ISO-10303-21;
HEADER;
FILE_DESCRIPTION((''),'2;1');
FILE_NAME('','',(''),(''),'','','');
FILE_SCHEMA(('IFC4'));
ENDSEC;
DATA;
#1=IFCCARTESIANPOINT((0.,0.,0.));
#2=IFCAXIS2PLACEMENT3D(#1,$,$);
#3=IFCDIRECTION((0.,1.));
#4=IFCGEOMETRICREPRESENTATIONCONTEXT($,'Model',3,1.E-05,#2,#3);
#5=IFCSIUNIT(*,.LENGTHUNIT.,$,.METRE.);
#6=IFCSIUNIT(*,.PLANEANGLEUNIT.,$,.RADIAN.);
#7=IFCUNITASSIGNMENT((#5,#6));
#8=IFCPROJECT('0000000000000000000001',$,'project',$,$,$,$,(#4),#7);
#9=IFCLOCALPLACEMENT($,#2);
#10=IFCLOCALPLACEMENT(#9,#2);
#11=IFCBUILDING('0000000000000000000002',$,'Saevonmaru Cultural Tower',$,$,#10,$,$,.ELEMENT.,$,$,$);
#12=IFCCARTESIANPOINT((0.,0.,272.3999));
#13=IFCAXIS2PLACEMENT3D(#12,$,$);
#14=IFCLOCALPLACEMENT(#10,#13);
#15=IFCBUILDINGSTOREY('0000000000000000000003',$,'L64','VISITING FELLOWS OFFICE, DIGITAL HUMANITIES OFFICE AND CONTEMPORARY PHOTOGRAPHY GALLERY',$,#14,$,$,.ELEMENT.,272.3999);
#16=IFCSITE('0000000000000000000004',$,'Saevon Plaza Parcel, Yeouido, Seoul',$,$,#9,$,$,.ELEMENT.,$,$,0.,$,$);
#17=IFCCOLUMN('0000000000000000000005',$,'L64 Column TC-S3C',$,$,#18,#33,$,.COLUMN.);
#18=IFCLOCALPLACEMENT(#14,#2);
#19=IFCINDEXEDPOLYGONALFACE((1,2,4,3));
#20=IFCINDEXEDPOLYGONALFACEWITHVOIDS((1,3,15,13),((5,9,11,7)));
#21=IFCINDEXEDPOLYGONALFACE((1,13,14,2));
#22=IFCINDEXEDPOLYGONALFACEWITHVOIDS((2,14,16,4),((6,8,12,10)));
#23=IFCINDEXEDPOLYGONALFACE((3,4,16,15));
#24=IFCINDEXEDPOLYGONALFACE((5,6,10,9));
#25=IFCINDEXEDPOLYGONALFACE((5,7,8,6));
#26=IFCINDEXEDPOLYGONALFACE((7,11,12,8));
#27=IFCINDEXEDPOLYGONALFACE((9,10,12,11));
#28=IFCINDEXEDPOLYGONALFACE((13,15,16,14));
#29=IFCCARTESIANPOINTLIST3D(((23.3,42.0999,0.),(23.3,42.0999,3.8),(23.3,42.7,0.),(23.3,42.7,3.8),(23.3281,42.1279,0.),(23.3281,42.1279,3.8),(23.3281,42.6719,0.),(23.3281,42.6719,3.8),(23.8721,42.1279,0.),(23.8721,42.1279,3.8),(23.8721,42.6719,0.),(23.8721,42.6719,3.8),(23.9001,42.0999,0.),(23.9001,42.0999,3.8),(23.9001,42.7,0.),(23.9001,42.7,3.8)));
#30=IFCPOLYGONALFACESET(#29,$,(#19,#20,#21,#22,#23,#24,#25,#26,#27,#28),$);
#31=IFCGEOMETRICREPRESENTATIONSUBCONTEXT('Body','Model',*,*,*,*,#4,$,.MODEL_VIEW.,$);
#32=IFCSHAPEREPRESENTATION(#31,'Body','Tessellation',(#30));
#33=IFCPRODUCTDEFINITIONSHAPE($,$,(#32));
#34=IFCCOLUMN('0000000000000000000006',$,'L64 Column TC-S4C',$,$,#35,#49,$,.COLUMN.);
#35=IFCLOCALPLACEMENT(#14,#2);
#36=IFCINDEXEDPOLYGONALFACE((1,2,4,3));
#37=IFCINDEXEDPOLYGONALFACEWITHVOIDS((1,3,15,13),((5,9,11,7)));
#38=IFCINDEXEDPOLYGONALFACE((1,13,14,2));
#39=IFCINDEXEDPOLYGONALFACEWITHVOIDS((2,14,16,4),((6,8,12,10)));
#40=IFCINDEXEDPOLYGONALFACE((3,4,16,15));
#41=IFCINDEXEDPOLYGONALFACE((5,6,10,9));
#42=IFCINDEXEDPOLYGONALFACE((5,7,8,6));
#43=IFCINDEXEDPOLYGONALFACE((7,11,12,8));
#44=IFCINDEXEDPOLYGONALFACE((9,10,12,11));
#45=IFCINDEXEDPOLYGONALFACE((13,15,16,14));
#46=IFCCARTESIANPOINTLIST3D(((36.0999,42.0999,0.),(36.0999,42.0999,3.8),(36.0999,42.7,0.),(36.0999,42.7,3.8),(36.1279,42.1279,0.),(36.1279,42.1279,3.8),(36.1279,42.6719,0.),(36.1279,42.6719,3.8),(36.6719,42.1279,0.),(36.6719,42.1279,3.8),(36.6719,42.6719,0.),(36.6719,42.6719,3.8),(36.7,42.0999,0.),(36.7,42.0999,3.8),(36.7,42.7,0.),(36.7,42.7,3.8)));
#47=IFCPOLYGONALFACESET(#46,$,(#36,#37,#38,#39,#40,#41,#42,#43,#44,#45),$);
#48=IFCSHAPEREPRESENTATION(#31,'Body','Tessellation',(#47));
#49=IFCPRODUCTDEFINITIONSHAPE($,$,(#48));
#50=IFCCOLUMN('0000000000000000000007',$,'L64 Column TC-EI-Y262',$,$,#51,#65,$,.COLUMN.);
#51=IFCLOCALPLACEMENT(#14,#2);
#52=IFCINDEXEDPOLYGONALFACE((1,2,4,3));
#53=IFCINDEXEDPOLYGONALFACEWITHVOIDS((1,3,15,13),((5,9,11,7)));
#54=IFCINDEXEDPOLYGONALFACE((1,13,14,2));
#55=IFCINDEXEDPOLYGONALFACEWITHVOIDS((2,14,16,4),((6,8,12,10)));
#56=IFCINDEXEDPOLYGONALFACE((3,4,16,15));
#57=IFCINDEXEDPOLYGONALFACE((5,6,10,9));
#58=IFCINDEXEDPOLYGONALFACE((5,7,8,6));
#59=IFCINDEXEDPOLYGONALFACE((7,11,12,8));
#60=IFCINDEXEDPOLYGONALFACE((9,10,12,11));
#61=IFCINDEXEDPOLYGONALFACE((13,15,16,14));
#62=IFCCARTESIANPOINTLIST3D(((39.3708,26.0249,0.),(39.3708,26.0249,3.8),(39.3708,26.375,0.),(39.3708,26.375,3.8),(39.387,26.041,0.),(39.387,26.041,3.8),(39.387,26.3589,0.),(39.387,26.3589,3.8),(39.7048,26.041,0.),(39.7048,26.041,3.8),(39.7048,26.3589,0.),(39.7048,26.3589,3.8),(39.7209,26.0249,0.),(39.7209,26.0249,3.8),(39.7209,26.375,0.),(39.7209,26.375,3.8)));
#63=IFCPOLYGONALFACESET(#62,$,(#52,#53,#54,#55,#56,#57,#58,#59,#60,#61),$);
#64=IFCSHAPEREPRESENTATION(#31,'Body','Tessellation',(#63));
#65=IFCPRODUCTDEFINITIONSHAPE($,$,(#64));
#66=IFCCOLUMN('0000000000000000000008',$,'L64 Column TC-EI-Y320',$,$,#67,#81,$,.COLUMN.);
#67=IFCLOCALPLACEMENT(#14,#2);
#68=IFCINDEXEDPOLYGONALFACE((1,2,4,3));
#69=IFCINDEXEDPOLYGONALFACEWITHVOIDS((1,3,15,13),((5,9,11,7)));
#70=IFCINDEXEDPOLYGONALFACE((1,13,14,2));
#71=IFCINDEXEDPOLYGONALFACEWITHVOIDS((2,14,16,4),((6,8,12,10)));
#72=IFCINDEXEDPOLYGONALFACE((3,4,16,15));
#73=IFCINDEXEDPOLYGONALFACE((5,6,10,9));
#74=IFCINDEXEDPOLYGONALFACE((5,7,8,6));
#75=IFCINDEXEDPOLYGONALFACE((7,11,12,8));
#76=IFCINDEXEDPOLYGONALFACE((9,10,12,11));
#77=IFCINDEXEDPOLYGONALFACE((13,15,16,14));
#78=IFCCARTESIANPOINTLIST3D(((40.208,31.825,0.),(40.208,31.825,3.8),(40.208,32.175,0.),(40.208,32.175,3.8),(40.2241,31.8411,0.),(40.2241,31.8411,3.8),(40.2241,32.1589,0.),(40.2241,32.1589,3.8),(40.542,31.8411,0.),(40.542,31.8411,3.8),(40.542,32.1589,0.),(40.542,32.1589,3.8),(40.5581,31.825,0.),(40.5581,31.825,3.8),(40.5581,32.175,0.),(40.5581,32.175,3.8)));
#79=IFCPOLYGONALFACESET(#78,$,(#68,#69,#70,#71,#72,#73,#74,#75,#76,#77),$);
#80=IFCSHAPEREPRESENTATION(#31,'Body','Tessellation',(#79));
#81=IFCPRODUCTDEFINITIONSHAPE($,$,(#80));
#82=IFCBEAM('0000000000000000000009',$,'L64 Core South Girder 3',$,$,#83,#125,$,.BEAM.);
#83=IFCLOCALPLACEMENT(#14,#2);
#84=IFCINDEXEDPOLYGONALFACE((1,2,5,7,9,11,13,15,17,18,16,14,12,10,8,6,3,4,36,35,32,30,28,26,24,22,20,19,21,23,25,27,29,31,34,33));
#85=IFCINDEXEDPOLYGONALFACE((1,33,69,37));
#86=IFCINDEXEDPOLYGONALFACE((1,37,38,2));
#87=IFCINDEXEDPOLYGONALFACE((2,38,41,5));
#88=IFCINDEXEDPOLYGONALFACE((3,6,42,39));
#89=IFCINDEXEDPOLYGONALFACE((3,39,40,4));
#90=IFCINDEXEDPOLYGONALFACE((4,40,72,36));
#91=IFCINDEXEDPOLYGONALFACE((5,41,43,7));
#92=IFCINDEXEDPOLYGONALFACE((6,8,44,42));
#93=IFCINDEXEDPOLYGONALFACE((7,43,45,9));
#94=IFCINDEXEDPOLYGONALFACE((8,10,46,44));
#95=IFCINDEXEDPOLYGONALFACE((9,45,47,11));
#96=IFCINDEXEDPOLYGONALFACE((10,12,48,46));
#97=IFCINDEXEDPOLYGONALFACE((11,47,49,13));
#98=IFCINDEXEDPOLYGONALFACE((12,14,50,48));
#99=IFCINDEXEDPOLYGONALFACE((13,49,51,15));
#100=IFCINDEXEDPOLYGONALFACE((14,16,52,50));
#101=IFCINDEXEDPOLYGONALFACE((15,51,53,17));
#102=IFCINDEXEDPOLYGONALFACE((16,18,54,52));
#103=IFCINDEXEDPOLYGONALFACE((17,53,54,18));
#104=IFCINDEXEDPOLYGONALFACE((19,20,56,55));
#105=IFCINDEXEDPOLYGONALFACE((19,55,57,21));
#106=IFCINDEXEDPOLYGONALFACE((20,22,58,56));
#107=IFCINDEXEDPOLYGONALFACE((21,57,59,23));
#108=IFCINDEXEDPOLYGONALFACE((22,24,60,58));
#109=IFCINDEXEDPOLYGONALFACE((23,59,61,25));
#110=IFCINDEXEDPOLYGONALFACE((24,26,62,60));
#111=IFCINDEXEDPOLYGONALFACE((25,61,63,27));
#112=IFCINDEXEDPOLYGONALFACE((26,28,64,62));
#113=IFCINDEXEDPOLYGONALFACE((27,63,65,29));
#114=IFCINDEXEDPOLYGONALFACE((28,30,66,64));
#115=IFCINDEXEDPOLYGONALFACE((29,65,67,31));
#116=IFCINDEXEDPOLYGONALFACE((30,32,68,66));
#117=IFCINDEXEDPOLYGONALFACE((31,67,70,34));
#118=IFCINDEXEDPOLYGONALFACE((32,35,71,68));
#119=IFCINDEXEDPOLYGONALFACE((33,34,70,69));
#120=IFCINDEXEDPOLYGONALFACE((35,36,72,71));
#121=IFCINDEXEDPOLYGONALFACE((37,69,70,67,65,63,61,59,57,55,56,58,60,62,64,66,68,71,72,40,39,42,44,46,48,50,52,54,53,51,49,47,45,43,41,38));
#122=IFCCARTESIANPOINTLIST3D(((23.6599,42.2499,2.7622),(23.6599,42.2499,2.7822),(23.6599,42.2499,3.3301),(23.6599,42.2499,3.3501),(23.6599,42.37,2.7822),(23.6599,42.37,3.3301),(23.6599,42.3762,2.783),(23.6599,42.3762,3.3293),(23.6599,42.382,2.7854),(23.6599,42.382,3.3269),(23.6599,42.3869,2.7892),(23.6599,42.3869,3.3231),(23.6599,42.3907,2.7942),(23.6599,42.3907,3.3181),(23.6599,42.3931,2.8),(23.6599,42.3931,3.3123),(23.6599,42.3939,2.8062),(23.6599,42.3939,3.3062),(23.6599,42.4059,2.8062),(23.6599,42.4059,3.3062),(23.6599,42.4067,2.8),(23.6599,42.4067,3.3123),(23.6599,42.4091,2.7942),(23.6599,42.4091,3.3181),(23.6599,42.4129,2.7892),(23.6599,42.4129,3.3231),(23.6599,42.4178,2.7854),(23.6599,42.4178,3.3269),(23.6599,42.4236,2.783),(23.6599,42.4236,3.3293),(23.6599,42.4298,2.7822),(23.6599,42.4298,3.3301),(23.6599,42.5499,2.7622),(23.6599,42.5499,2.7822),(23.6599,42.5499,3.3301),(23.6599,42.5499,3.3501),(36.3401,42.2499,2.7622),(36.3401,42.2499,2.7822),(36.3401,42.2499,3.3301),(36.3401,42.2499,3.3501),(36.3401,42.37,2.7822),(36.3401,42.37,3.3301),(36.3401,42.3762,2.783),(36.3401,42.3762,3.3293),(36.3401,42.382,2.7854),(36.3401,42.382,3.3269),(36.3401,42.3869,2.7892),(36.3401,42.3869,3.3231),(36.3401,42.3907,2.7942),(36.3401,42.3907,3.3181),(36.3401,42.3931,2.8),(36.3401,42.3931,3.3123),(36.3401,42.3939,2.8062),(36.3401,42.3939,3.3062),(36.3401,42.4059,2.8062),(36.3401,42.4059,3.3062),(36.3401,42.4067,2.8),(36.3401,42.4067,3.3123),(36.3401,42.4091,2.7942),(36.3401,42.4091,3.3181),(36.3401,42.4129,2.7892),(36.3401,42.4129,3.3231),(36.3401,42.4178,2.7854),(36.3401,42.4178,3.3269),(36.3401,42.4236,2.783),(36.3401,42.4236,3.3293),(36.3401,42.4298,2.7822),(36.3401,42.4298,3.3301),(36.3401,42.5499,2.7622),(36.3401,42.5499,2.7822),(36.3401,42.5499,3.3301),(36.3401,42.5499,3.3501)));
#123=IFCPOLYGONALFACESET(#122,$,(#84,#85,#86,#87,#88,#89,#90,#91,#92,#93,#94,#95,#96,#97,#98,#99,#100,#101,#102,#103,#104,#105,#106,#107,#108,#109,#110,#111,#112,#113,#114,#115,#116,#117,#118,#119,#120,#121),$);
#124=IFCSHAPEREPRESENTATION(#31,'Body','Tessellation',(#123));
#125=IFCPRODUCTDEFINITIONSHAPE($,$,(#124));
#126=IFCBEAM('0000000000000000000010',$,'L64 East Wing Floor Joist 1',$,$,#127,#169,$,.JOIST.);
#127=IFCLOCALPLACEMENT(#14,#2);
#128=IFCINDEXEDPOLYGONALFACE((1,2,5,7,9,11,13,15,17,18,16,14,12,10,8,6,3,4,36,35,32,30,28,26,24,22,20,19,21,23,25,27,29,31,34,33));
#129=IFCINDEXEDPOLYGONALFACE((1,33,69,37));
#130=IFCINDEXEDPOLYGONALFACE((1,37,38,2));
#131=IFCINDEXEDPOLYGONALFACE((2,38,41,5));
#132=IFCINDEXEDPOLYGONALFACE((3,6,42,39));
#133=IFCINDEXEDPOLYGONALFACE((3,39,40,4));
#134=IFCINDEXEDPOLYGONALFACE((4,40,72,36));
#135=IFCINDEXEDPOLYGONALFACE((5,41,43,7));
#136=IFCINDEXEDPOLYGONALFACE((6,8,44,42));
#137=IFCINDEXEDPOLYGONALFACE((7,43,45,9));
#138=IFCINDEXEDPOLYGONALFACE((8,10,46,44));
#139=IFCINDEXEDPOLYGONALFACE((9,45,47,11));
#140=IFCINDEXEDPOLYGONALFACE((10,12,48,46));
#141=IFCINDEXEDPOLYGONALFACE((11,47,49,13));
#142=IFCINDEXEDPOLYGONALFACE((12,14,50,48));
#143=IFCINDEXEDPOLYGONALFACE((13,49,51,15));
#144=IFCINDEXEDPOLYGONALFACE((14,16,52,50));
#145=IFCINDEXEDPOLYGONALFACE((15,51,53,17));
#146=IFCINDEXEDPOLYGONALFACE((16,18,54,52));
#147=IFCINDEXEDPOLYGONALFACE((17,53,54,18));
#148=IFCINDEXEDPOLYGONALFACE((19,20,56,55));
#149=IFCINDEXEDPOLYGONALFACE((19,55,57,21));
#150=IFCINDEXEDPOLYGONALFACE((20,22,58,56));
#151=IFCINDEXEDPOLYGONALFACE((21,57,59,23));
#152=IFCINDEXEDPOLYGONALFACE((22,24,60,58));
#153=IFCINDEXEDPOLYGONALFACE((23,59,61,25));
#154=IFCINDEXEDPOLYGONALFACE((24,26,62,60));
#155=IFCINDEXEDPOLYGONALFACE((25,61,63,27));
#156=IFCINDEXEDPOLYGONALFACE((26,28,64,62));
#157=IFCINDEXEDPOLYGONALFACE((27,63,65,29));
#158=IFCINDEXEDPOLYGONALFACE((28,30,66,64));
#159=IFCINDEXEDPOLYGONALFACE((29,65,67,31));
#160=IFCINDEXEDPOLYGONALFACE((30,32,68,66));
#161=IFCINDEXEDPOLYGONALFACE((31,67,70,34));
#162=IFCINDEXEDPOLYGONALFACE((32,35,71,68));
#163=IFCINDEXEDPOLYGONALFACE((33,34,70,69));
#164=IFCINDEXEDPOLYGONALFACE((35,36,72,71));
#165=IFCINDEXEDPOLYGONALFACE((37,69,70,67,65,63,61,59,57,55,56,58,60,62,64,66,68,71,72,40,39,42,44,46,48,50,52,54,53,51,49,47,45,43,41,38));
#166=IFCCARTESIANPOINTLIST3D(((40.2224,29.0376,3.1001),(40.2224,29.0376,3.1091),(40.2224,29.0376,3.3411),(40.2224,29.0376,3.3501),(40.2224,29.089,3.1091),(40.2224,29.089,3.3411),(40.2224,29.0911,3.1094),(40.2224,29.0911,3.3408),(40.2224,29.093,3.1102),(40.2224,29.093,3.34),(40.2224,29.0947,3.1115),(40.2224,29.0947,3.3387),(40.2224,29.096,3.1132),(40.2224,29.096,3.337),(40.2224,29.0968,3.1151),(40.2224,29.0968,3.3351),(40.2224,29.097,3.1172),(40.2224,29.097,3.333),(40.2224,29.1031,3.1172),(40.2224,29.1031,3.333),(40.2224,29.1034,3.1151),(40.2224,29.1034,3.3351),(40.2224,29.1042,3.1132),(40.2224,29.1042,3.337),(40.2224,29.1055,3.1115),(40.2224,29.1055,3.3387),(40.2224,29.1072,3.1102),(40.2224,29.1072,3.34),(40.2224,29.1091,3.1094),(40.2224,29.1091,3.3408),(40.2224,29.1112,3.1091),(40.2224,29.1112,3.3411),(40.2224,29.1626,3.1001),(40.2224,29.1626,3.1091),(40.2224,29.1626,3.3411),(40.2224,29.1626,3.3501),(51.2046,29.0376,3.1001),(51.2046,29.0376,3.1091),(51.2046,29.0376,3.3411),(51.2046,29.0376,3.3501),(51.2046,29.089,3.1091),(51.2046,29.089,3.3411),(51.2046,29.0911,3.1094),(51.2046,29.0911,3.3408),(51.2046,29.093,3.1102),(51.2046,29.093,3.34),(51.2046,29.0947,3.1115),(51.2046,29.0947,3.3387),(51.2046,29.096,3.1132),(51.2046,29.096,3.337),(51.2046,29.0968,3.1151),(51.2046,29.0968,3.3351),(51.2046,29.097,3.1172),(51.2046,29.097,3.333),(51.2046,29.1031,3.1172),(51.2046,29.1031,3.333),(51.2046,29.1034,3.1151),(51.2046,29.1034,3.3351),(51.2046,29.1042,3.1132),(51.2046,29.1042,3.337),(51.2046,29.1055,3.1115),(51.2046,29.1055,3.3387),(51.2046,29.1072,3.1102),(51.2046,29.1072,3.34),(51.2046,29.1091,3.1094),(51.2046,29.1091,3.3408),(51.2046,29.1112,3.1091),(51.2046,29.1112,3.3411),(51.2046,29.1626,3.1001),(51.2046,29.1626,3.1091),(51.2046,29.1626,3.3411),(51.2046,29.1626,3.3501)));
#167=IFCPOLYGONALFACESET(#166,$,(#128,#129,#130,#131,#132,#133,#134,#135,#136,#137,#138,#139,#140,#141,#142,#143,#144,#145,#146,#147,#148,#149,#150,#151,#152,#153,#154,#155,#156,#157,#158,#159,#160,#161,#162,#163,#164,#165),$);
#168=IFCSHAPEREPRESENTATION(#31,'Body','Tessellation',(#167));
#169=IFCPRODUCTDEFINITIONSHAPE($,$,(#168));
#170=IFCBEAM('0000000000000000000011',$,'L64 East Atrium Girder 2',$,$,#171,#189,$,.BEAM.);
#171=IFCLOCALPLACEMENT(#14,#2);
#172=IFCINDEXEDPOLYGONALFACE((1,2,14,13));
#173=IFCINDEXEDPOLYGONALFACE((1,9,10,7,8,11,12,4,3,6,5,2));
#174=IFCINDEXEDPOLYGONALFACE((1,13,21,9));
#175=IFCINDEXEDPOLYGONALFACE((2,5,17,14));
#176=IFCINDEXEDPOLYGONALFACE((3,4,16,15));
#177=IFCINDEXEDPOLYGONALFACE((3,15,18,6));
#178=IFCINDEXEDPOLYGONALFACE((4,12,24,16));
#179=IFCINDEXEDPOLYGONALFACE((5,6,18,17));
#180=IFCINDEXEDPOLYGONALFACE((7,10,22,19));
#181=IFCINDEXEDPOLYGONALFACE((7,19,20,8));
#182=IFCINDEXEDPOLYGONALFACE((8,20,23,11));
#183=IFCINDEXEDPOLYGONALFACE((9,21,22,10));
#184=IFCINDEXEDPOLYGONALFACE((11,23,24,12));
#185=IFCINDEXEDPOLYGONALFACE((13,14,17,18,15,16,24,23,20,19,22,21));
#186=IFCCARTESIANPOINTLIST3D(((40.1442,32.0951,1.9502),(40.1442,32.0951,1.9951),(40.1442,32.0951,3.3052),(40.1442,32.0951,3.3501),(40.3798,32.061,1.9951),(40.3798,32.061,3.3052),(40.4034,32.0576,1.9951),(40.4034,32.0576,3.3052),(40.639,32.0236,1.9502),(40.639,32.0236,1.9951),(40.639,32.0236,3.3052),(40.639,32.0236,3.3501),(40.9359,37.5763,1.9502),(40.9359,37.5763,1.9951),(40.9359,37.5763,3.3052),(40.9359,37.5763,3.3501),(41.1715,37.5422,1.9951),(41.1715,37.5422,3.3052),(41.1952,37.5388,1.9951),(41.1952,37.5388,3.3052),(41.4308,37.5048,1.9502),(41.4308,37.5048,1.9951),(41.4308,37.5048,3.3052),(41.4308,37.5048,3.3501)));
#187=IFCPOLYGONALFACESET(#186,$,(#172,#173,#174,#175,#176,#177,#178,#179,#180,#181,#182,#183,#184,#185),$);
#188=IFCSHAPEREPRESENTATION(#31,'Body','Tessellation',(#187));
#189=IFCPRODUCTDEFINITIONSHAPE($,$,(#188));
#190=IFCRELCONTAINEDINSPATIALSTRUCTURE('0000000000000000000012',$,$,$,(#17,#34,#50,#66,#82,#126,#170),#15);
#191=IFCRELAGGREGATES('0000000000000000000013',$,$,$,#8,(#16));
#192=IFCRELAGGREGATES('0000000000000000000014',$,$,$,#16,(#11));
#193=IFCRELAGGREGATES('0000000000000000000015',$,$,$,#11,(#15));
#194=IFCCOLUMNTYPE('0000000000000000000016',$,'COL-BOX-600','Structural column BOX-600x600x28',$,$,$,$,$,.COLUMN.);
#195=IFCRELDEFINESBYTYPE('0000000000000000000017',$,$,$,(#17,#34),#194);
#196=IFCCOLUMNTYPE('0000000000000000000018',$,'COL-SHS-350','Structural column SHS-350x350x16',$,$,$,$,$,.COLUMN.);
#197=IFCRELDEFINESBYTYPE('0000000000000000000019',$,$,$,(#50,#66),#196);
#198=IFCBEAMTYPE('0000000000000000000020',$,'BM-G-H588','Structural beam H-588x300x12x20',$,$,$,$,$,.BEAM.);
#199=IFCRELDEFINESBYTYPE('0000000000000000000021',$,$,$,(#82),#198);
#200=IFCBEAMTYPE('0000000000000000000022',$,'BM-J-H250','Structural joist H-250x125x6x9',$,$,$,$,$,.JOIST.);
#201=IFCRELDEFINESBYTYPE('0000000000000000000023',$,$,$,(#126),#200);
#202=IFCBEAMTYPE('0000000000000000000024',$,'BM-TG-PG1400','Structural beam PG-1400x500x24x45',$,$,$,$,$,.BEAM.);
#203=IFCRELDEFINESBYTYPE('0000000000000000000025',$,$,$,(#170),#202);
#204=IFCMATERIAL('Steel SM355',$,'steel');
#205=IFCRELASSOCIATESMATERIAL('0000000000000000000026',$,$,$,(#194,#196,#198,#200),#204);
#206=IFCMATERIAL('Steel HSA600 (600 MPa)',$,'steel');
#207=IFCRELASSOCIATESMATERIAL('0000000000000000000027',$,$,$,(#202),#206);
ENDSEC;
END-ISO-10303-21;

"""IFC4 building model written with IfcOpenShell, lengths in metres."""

from ifc_helpers import new_model, si_unit, direction, frame, origin, origin_2d, place, context, subcontext, project, spatial, hollow_rectangle, i_section, extrude, material, material_profile, profile_set, type_object, element, save


model = new_model("IFC4")

# Units and contexts
model_context = context("Model", 3, precision=1e-05, world=origin(), true_north=direction((0.0, 1.0)))
body_context = subcontext(model_context, "Body", "Model", "MODEL_VIEW")
ifc_project = project(units=[si_unit("LENGTHUNIT", "METRE"), si_unit("PLANEANGLEUNIT", "RADIAN")], contexts=[model_context])

# Site, building, storey
site_placement = place(None, origin())
site = spatial("IfcSite", under=ifc_project, at=site_placement, Name="Saevon Plaza Parcel, Yeouido, Seoul", CompositionType="ELEMENT", RefElevation=0.0)
building_placement = place(site_placement, origin())
building = spatial("IfcBuilding", under=site, at=building_placement, Name="Saevonmaru Cultural Tower", CompositionType="ELEMENT")
storey_placement = place(building_placement, frame((0.0, 0.0, 272.3999)))
storey = spatial("IfcBuildingStorey", under=building, at=storey_placement, Name="L64", Description="VISITING FELLOWS OFFICE, DIGITAL HUMANITIES OFFICE AND CONTEMPORARY PHOTOGRAPHY GALLERY", CompositionType="ELEMENT", Elevation=272.3999)

# Columns
ifc_material_1 = material(Name="Steel SM355", Category="steel")
ifc_material_profile_1 = material_profile(ifc_material_1, hollow_rectangle(XDim=0.6001, YDim=0.6001, WallThickness=0.0281, at=origin_2d()), Name="BOX-600x600x28")
ifc_profile_set_1 = profile_set([ifc_material_profile_1], Name="Steel SM355")
column_type_1 = type_object("IfcColumnType", Name="COL-BOX-600", Description="Structural column BOX-600x600x28", PredefinedType="COLUMN", material=ifc_profile_set_1)
for number, where, z_axis, x_axis, name in (
    (1, (23.6001, 42.3999, 0.0), (0.0, 0.0, 1.0), (1.0, 0.0, 0.0), "L64 Column TC-S3C"),
    (2, (36.3999, 42.3999, 0.0), (0.0, 0.0, 1.0), (1.0, 0.0, 0.0), "L64 Column TC-S4C"),
):
    element("IfcColumn", number, at=place(storey_placement, frame(where, z_axis=z_axis, x_axis=x_axis)), inside=storey, type_object=column_type_1, Name=name, PredefinedType="COLUMN", context=body_context, shape_type="SweptSolid", body=[
        extrude(hollow_rectangle(XDim=0.6001, YDim=0.6001, WallThickness=0.0281, at=origin_2d()), origin(), (0.0, 0.0, 1.0), 3.8),
    ])
ifc_material_profile_2 = material_profile(ifc_material_1, hollow_rectangle(XDim=0.3501, YDim=0.3501, WallThickness=0.0161, at=origin_2d()), Name="SHS-350x350x16")
ifc_profile_set_2 = profile_set([ifc_material_profile_2], Name="Steel SM355")
column_type_2 = type_object("IfcColumnType", Name="COL-SHS-350", Description="Structural column SHS-350x350x16", PredefinedType="COLUMN", material=ifc_profile_set_2)
for number, where, z_axis, x_axis, name in (
    (3, (39.5459, 26.2, 0.0), (0.0, 0.0, 1.0), (1.0, 0.0, 0.0), "L64 Column TC-EI-Y262"),
    (4, (40.3831, 32.0, 0.0), (0.0, 0.0, 1.0), (1.0, 0.0, 0.0), "L64 Column TC-EI-Y320"),
):
    element("IfcColumn", number, at=place(storey_placement, frame(where, z_axis=z_axis, x_axis=x_axis)), inside=storey, type_object=column_type_2, Name=name, PredefinedType="COLUMN", context=body_context, shape_type="SweptSolid", body=[
        extrude(hollow_rectangle(XDim=0.3501, YDim=0.3501, WallThickness=0.0161, at=origin_2d()), origin(), (0.0, 0.0, 1.0), 3.8),
    ])

# Beams
ifc_material_profile_3 = material_profile(ifc_material_1, i_section(OverallWidth=0.3, OverallDepth=0.5879, WebThickness=0.012, FlangeThickness=0.02, FilletRadius=0.0239, at=origin_2d()), Name="H-588x300x12x20")
ifc_profile_set_3 = profile_set([ifc_material_profile_3], Name="Steel SM355")
beam_type_1 = type_object("IfcBeamType", Name="BM-G-H588", Description="Structural beam H-588x300x12x20", PredefinedType="BEAM", material=ifc_profile_set_3)
beam_1_placement = place(storey_placement, frame((23.6599, 42.3999, 3.0562), z_axis=(1.0, 0.0, 0.0), x_axis=(0.0, 1.0, 0.0)))
element("IfcBeam", 5, at=beam_1_placement, inside=storey, type_object=beam_type_1, Name="L64 Core South Girder 3", PredefinedType="BEAM", context=body_context, shape_type="SweptSolid", body=[
    extrude(i_section(OverallWidth=0.3, OverallDepth=0.5879, WebThickness=0.012, FlangeThickness=0.02, FilletRadius=0.0239, at=origin_2d()), origin(), (0.0, 0.0, 1.0), 12.6802),
])
ifc_material_profile_4 = material_profile(ifc_material_1, i_section(OverallWidth=0.125, OverallDepth=0.25, WebThickness=0.0061, FlangeThickness=0.009, FilletRadius=0.0081, at=origin_2d()), Name="H-250x125x6x9")
ifc_profile_set_4 = profile_set([ifc_material_profile_4], Name="Steel SM355")
beam_type_2 = type_object("IfcBeamType", Name="BM-J-H250", Description="Structural joist H-250x125x6x9", PredefinedType="JOIST", material=ifc_profile_set_4)
beam_2_placement = place(storey_placement, frame((40.2224, 29.1001, 3.2251), z_axis=(1.0, 0.0, 0.0), x_axis=(0.0, 1.0, 0.0)))
element("IfcBeam", 6, at=beam_2_placement, inside=storey, type_object=beam_type_2, Name="L64 East Wing Floor Joist 1", PredefinedType="JOIST", context=body_context, shape_type="SweptSolid", body=[
    extrude(i_section(OverallWidth=0.125, OverallDepth=0.25, WebThickness=0.0061, FlangeThickness=0.009, FilletRadius=0.0081, at=origin_2d()), origin(), (0.0, 0.0, 1.0), 10.9822),
])
ifc_material_2 = material(Name="Steel HSA600 (600 MPa)", Category="steel")
ifc_material_profile_5 = material_profile(ifc_material_2, i_section(OverallWidth=0.5, OverallDepth=1.3999, WebThickness=0.0239, FlangeThickness=0.0449, at=origin_2d()), Name="PG-1400x500x24x45")
ifc_profile_set_5 = profile_set([ifc_material_profile_5], Name="Steel HSA600 (600 MPa)")
beam_type_3 = type_object("IfcBeamType", Name="BM-TG-PG1400", Description="Structural beam PG-1400x500x24x45", PredefinedType="BEAM", material=ifc_profile_set_5)
beam_3_placement = place(storey_placement, frame((40.3916, 32.0593, 2.6501), z_axis=(0.142964, 0.989728, 0.0), x_axis=(-0.989728, 0.142964, 0.0)))
element("IfcBeam", 7, at=beam_3_placement, inside=storey, type_object=beam_type_3, Name="L64 East Atrium Girder 2", PredefinedType="BEAM", context=body_context, shape_type="SweptSolid", body=[
    extrude(i_section(OverallWidth=0.5, OverallDepth=1.3999, WebThickness=0.0239, FlangeThickness=0.0449, at=origin_2d()), origin(), (0.0, 0.0, 1.0), 5.5381),
])

save(model, "model.ifc")
